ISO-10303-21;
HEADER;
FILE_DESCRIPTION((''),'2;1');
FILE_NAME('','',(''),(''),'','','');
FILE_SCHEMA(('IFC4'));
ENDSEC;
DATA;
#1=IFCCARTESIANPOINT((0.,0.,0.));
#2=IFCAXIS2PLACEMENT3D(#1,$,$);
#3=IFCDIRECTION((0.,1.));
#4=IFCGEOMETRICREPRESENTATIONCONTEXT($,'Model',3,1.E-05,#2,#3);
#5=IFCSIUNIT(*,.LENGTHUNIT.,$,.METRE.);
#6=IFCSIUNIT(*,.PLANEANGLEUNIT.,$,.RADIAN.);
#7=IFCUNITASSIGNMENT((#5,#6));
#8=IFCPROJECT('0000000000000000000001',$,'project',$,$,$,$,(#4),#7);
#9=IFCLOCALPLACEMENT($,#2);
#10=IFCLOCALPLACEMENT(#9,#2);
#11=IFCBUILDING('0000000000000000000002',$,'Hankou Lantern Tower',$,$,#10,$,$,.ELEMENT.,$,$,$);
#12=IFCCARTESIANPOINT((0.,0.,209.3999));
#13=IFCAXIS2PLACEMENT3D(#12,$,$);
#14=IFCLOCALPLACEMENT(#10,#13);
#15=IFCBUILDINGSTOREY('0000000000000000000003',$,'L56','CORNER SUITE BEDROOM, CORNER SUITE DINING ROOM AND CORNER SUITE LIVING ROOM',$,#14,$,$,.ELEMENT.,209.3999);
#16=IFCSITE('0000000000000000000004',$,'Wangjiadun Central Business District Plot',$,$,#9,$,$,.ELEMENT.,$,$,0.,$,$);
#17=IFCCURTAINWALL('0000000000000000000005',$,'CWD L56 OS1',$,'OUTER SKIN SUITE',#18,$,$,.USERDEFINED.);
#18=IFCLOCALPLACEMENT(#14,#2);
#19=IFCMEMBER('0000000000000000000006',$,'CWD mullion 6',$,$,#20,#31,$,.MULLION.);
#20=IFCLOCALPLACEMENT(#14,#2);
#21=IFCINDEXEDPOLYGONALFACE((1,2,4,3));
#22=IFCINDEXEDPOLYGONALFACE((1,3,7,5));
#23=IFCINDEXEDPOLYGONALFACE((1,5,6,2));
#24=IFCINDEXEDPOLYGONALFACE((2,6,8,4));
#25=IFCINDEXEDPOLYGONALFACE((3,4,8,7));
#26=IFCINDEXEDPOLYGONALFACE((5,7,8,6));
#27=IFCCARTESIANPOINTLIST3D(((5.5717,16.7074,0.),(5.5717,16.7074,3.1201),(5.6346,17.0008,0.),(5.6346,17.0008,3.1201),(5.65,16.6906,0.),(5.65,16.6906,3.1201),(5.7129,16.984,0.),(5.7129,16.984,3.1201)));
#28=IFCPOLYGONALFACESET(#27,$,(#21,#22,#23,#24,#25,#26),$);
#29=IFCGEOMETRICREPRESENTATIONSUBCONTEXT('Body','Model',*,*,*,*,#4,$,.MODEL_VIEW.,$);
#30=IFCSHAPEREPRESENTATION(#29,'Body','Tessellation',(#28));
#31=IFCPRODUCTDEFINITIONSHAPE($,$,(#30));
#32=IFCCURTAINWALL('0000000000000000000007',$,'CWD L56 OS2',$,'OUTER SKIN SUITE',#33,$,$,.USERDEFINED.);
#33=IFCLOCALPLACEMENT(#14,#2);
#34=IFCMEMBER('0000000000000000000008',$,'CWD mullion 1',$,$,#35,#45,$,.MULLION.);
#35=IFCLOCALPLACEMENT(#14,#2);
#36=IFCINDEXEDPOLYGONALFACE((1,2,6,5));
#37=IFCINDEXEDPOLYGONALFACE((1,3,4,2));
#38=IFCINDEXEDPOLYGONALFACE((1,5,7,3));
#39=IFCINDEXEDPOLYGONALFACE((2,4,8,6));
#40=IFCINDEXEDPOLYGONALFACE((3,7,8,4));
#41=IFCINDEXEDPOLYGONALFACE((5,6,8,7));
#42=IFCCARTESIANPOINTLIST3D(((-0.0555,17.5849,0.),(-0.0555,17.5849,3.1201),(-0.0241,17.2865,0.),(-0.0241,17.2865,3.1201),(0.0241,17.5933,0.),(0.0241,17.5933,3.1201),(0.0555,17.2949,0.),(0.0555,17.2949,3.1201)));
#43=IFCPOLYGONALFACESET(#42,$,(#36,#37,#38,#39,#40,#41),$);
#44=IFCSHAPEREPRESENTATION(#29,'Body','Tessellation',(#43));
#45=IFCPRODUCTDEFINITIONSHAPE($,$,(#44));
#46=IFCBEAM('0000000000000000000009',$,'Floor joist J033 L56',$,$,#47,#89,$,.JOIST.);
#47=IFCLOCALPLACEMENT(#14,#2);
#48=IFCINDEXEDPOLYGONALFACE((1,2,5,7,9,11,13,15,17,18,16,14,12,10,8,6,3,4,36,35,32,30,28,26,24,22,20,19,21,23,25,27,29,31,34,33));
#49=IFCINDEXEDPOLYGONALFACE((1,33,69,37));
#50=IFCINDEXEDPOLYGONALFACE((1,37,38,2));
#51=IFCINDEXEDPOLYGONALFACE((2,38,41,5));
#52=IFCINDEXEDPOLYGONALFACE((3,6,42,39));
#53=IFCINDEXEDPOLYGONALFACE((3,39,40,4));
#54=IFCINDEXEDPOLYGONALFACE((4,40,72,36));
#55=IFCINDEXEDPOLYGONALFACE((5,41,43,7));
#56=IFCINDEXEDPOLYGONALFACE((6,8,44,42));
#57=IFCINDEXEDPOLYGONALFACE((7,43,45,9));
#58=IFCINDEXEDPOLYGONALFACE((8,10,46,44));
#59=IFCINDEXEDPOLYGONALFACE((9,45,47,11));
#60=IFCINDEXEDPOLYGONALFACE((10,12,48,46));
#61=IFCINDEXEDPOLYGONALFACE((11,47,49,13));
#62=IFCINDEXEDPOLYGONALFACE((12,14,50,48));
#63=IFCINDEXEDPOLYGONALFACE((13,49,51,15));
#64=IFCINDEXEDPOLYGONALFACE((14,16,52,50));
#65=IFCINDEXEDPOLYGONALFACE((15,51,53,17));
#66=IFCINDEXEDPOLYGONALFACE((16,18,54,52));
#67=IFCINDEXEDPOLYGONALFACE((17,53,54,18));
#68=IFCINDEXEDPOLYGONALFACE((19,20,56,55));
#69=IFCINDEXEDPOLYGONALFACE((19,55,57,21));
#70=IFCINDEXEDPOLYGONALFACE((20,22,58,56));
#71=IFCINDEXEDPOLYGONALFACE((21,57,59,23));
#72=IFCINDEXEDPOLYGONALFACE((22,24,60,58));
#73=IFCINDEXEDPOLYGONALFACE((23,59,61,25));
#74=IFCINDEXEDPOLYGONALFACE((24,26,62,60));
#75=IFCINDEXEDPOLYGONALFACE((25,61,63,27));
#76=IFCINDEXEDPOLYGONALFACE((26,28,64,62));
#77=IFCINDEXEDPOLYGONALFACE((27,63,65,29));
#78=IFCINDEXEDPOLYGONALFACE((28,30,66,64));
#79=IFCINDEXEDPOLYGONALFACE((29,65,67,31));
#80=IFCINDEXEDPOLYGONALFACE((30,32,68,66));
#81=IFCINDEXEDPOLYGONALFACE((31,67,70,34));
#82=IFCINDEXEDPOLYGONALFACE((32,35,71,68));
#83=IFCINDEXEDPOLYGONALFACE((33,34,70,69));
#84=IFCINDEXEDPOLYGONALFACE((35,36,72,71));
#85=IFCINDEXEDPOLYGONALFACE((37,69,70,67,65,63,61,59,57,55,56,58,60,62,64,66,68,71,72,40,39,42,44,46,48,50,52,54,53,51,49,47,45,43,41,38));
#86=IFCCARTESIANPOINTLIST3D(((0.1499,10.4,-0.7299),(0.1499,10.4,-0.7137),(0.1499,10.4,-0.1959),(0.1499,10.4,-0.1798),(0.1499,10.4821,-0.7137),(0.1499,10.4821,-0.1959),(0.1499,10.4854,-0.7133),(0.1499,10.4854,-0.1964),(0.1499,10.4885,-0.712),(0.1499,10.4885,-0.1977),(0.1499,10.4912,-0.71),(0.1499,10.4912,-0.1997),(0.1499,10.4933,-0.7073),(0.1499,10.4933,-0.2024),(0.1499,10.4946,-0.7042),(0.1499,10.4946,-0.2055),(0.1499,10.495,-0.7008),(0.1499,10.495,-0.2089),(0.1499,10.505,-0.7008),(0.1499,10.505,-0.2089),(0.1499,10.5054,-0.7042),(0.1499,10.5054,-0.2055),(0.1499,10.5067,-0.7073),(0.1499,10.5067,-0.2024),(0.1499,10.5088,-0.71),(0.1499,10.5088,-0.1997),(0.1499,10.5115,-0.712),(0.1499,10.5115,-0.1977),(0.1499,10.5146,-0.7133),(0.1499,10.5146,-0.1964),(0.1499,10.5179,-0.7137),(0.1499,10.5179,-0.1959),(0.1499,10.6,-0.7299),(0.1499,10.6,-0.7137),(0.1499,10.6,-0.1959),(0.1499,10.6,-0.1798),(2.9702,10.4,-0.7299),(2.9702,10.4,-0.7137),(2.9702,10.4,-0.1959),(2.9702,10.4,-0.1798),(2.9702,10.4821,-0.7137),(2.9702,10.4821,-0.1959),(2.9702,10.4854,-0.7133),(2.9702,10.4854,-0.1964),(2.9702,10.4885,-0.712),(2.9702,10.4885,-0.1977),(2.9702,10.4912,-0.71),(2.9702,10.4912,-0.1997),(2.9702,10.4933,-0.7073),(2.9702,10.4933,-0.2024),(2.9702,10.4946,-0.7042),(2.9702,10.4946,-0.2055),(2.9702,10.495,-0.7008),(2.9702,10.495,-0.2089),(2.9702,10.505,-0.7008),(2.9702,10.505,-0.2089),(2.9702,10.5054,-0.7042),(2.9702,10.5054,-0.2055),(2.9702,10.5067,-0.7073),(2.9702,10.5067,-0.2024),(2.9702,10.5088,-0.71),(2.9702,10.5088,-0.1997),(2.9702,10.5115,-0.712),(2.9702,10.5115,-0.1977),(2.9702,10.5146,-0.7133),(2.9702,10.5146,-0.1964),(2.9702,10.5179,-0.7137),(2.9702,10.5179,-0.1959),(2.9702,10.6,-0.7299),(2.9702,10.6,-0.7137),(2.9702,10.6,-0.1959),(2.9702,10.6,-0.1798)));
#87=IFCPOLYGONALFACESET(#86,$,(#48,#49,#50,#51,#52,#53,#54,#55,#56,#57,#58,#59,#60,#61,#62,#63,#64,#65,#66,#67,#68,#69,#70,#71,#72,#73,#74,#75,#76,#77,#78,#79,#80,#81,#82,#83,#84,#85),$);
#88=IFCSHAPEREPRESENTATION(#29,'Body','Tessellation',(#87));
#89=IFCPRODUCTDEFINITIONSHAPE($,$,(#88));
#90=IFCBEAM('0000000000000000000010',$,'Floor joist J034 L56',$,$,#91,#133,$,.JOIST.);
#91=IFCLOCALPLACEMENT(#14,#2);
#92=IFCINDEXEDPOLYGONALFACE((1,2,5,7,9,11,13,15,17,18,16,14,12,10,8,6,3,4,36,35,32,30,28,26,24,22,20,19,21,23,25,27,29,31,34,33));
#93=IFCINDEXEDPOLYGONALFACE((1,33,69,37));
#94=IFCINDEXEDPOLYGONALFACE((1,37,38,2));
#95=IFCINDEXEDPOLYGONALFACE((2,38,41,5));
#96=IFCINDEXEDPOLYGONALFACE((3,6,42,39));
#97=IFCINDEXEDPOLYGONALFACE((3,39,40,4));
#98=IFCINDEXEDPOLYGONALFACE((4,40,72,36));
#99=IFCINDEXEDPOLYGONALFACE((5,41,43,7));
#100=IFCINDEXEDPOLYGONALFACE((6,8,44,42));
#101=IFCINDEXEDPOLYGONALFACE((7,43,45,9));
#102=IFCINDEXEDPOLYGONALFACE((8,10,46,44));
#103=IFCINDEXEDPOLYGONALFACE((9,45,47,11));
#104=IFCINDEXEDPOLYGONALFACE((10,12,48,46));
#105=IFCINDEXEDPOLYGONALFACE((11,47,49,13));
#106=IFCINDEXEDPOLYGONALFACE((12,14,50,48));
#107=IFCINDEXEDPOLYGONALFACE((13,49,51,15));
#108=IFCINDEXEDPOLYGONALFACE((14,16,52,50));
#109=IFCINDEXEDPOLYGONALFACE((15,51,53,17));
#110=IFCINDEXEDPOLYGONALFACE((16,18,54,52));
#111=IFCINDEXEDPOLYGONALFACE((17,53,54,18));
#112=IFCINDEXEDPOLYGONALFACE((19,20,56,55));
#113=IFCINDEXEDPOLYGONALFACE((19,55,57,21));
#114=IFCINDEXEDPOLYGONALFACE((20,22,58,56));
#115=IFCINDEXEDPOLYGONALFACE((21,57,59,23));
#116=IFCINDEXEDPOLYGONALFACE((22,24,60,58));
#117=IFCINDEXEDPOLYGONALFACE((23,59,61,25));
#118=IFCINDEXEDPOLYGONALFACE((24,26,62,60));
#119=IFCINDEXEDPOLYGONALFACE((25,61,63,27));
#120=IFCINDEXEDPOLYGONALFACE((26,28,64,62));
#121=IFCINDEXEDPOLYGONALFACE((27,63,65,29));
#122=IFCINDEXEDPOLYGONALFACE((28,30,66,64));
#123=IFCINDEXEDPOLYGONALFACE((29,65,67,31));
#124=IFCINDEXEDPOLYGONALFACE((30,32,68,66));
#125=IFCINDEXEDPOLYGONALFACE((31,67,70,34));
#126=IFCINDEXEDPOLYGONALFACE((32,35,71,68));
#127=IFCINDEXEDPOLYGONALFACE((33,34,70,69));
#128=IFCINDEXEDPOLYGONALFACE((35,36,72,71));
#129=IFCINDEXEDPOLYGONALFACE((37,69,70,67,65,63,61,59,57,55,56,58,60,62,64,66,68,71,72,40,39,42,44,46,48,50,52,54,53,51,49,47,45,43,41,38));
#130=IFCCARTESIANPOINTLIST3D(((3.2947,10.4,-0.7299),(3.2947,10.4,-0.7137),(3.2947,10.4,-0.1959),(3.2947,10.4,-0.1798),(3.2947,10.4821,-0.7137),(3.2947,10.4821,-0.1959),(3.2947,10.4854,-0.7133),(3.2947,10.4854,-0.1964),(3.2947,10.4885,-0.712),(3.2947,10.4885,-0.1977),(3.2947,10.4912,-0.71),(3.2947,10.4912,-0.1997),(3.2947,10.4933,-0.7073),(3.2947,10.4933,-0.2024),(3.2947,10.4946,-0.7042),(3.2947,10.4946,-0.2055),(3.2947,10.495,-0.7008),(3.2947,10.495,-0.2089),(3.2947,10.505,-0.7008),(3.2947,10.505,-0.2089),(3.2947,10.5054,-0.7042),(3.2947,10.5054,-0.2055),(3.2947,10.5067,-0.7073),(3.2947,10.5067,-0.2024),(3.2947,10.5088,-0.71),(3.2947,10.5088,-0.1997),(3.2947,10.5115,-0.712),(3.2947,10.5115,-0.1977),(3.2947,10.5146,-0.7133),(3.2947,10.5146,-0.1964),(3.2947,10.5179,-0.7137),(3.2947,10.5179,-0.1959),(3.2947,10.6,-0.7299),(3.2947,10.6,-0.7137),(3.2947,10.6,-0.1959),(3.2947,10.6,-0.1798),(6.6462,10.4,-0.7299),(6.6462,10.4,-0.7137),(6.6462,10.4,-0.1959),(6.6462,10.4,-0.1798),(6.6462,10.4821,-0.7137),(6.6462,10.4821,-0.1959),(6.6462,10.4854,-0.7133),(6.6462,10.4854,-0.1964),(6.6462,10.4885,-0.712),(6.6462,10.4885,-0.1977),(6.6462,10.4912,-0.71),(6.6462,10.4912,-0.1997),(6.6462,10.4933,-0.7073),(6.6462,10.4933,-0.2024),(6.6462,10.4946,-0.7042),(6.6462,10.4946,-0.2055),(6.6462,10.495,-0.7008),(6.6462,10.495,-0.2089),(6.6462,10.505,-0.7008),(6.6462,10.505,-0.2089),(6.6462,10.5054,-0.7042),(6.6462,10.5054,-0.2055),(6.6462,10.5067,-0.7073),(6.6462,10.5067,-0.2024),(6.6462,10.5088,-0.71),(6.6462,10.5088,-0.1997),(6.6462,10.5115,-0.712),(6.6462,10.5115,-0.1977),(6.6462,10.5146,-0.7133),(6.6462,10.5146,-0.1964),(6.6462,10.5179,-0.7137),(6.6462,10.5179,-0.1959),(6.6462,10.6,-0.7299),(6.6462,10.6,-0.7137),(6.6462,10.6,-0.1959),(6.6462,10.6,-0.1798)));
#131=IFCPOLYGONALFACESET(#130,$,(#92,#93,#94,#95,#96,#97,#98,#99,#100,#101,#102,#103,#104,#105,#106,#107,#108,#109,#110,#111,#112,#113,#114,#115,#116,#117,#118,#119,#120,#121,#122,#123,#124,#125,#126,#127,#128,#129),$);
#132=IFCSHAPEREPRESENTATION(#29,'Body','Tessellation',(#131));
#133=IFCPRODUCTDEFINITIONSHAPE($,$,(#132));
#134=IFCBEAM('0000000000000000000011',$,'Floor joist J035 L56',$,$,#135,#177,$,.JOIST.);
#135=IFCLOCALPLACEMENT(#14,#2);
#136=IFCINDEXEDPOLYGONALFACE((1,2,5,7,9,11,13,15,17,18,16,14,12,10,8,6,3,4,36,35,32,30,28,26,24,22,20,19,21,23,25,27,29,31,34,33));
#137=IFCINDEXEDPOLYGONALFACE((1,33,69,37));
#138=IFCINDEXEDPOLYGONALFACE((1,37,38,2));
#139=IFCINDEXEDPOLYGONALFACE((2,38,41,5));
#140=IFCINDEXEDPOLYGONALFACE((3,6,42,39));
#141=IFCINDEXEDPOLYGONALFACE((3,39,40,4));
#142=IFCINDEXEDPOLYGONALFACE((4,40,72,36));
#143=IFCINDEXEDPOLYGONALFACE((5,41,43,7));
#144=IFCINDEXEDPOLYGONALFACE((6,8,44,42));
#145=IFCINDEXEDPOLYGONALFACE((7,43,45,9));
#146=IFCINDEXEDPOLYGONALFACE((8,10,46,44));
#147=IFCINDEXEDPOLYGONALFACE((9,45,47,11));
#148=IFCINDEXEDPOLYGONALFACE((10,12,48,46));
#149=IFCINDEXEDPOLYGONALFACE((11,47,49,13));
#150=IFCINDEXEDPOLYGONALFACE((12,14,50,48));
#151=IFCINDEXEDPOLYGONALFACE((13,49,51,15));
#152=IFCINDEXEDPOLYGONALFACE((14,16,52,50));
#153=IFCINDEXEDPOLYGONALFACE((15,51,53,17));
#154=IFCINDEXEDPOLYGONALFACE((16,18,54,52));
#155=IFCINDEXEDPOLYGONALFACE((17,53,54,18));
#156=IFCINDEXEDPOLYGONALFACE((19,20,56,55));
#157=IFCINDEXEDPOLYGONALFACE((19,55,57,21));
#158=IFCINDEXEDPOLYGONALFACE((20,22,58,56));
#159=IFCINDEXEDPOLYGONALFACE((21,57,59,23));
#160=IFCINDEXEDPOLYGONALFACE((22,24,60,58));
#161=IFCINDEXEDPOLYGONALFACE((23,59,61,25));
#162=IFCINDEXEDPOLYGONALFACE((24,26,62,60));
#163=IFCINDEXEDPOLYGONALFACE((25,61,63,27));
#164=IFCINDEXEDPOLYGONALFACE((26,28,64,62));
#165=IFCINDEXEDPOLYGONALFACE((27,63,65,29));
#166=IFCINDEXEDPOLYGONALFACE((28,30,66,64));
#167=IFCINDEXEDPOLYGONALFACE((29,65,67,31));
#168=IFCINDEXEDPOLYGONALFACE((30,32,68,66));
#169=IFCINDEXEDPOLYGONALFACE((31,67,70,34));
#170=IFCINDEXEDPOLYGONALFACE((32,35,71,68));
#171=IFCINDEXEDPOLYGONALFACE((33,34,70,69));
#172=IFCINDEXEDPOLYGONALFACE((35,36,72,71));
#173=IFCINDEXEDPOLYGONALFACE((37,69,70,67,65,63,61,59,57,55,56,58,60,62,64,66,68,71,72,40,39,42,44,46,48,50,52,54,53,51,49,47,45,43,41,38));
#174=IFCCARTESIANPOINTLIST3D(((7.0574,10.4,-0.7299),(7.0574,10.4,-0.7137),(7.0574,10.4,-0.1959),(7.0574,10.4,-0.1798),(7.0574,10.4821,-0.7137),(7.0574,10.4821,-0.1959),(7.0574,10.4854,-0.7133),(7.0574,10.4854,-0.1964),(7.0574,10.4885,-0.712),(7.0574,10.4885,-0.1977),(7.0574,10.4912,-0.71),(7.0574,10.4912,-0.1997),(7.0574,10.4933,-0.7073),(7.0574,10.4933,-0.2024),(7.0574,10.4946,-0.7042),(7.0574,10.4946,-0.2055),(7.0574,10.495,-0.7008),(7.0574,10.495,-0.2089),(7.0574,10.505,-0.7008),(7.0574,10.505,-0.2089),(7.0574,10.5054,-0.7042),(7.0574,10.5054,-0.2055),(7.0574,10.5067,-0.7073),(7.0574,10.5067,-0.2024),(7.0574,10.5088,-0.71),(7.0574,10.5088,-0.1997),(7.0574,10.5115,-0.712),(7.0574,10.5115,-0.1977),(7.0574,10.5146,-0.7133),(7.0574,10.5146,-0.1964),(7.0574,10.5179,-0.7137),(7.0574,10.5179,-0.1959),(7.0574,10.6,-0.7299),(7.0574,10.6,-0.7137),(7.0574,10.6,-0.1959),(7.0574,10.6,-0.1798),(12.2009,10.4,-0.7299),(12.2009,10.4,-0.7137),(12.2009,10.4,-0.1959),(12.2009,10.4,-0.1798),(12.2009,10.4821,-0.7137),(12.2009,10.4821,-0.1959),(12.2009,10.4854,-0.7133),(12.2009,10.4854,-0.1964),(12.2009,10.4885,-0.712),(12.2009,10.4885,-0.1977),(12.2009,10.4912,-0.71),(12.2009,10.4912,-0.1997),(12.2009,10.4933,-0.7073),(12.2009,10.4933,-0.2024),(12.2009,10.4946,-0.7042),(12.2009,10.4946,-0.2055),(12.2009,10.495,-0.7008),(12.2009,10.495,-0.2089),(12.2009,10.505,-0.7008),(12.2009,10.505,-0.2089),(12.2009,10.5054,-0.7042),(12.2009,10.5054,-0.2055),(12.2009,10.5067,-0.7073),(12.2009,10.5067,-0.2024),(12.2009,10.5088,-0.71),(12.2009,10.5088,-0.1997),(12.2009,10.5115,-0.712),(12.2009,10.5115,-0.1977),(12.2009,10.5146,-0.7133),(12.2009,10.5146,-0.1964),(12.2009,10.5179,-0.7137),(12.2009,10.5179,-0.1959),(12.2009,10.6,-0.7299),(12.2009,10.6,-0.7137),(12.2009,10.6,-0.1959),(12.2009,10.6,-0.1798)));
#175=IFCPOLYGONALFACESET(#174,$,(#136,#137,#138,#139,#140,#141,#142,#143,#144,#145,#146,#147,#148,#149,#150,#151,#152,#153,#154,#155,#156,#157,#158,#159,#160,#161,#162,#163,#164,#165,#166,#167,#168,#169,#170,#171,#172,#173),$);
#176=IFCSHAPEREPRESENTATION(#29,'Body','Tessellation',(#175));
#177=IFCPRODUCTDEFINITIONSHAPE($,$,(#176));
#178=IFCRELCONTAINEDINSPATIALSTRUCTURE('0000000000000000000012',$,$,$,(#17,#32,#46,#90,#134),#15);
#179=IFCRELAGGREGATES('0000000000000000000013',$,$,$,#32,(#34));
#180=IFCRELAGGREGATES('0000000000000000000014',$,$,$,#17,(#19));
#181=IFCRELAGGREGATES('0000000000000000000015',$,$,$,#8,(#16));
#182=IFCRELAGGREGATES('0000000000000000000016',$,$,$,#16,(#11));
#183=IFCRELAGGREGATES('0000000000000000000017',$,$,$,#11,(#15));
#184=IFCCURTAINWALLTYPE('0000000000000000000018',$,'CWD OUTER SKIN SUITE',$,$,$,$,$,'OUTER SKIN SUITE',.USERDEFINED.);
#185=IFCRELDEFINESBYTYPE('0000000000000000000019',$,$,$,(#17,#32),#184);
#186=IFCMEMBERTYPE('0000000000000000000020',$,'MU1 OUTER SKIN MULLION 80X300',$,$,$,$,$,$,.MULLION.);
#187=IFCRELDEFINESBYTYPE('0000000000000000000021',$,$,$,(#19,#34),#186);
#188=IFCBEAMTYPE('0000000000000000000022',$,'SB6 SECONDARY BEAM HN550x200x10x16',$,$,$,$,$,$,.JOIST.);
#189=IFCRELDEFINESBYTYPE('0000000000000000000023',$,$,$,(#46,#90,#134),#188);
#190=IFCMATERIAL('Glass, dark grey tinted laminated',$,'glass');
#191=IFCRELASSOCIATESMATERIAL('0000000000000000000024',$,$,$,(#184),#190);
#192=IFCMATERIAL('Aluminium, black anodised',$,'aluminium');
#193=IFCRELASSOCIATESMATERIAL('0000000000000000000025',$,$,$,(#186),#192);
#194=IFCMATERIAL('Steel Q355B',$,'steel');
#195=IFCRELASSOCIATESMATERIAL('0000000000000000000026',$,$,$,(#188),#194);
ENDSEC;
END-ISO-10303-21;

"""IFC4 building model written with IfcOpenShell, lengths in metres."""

from ifc_helpers import new_model, si_unit, direction, frame, origin, origin_2d, place, context, subcontext, project, spatial, rectangle, i_section, extrude, material, material_profile, profile_set, type_object, element, aggregate, save


model = new_model("IFC4")

# Units and contexts
model_context = context("Model", 3, precision=1e-05, world=origin(), true_north=direction((0.0, 1.0)))
body_context = subcontext(model_context, "Body", "Model", "MODEL_VIEW")
ifc_project = project(units=[si_unit("LENGTHUNIT", "METRE"), si_unit("PLANEANGLEUNIT", "RADIAN")], contexts=[model_context])

# Site, building, storey
site_placement = place(None, origin())
site = spatial("IfcSite", under=ifc_project, at=site_placement, Name="Wangjiadun Central Business District Plot", CompositionType="ELEMENT", RefElevation=0.0)
building_placement = place(site_placement, origin())
building = spatial("IfcBuilding", under=site, at=building_placement, Name="Hankou Lantern Tower", CompositionType="ELEMENT")
storey_placement = place(building_placement, frame((0.0, 0.0, 209.3999)))
storey = spatial("IfcBuildingStorey", under=building, at=storey_placement, Name="L56", Description="CORNER SUITE BEDROOM, CORNER SUITE DINING ROOM AND CORNER SUITE LIVING ROOM", CompositionType="ELEMENT", Elevation=209.3999)

# Curtain walls, members
ifc_material_1 = material(Name="Glass, dark grey tinted laminated", Category="glass")
curtain_wall_type = type_object("IfcCurtainWallType", Name="CWD OUTER SKIN SUITE", ElementType="OUTER SKIN SUITE", PredefinedType="USERDEFINED", material=ifc_material_1)
curtain_wall_1_placement = place(storey_placement, origin())
curtain_wall_1 = element("IfcCurtainWall", 1, at=curtain_wall_1_placement, inside=storey, type_object=curtain_wall_type, Name="CWD L56 OS1", ObjectType="OUTER SKIN SUITE", PredefinedType="USERDEFINED")
ifc_material_2 = material(Name="Aluminium, black anodised", Category="aluminium")
ifc_material_profile_1 = material_profile(ifc_material_2, rectangle(XDim=0.0801, YDim=0.3, at=origin_2d()), Name="MU1 80X300")
ifc_profile_set_1 = profile_set([ifc_material_profile_1], Name="Aluminium, black anodised")
member_type_1 = type_object("IfcMemberType", Name="MU1 OUTER SKIN MULLION 80X300", PredefinedType="MULLION", material=ifc_profile_set_1)
member_1_placement = place(storey_placement, frame((5.6423, 16.8457, 0.0), z_axis=(0.0, 0.0, 1.0), x_axis=(-0.977788, 0.209598, 0.0)))
member_1 = element("IfcMember", 2, at=member_1_placement, type_object=member_type_1, Name="CWD mullion 6", PredefinedType="MULLION", context=body_context, shape_type="SweptSolid", body=[
    extrude(rectangle(XDim=0.0801, YDim=0.3, at=origin_2d()), origin(), (0.0, 0.0, 1.0), 3.1201),
])
curtain_wall_2_placement = place(storey_placement, origin())
curtain_wall_2 = element("IfcCurtainWall", 3, at=curtain_wall_2_placement, inside=storey, type_object=curtain_wall_type, Name="CWD L56 OS2", ObjectType="OUTER SKIN SUITE", PredefinedType="USERDEFINED")
member_2_placement = place(storey_placement, frame((0.0, 17.4399, 0.0), z_axis=(0.0, 0.0, 1.0), x_axis=(-0.994499, -0.104743, 0.0)))
member_2 = element("IfcMember", 4, at=member_2_placement, type_object=member_type_1, Name="CWD mullion 1", PredefinedType="MULLION", context=body_context, shape_type="SweptSolid", body=[
    extrude(rectangle(XDim=0.0801, YDim=0.3, at=origin_2d()), origin(), (0.0, 0.0, 1.0), 3.1201),
])
aggregate(curtain_wall_2, [member_2])

# Beams
ifc_material_3 = material(Name="Steel Q355B", Category="steel")
ifc_material_profile_2 = material_profile(ifc_material_3, i_section(OverallWidth=0.2, OverallDepth=0.55, WebThickness=0.01, FlangeThickness=0.0161, FilletRadius=0.0129, at=origin_2d()), Name="HN550x200x10x16")
ifc_profile_set_2 = profile_set([ifc_material_profile_2], Name="Steel Q355B")
beam_type_1 = type_object("IfcBeamType", Name="SB6 SECONDARY BEAM HN550x200x10x16", PredefinedType="JOIST", material=ifc_profile_set_2)
beam_1_placement = place(storey_placement, frame((0.1499, 10.5, -0.4548), z_axis=(1.0, 0.0, 0.0), x_axis=(0.0, 1.0, 0.0)))
element("IfcBeam", 5, at=beam_1_placement, inside=storey, type_object=beam_type_1, Name="Floor joist J033 L56", PredefinedType="JOIST", context=body_context, shape_type="SweptSolid", body=[
    extrude(i_section(OverallWidth=0.2, OverallDepth=0.55, WebThickness=0.01, FlangeThickness=0.0161, FilletRadius=0.0129, at=origin_2d()), origin(), (0.0, 0.0, 1.0), 2.8203),
])
beam_2_placement = place(storey_placement, frame((3.2947, 10.5, -0.4548), z_axis=(1.0, 0.0, 0.0), x_axis=(0.0, 1.0, 0.0)))
element("IfcBeam", 6, at=beam_2_placement, inside=storey, type_object=beam_type_1, Name="Floor joist J034 L56", PredefinedType="JOIST", context=body_context, shape_type="SweptSolid", body=[
    extrude(i_section(OverallWidth=0.2, OverallDepth=0.55, WebThickness=0.01, FlangeThickness=0.0161, FilletRadius=0.0129, at=origin_2d()), origin(), (0.0, 0.0, 1.0), 3.3516),
])
beam_3_placement = place(storey_placement, frame((7.0574, 10.5, -0.4548), z_axis=(1.0, 0.0, 0.0), x_axis=(0.0, 1.0, 0.0)))
element("IfcBeam", 7, at=beam_3_placement, inside=storey, type_object=beam_type_1, Name="Floor joist J035 L56", PredefinedType="JOIST", context=body_context, shape_type="SweptSolid", body=[
    extrude(i_section(OverallWidth=0.2, OverallDepth=0.55, WebThickness=0.01, FlangeThickness=0.0161, FilletRadius=0.0129, at=origin_2d()), origin(), (0.0, 0.0, 1.0), 5.1436),
])

aggregate(curtain_wall_1, [member_1])

save(model, "model.ifc")
